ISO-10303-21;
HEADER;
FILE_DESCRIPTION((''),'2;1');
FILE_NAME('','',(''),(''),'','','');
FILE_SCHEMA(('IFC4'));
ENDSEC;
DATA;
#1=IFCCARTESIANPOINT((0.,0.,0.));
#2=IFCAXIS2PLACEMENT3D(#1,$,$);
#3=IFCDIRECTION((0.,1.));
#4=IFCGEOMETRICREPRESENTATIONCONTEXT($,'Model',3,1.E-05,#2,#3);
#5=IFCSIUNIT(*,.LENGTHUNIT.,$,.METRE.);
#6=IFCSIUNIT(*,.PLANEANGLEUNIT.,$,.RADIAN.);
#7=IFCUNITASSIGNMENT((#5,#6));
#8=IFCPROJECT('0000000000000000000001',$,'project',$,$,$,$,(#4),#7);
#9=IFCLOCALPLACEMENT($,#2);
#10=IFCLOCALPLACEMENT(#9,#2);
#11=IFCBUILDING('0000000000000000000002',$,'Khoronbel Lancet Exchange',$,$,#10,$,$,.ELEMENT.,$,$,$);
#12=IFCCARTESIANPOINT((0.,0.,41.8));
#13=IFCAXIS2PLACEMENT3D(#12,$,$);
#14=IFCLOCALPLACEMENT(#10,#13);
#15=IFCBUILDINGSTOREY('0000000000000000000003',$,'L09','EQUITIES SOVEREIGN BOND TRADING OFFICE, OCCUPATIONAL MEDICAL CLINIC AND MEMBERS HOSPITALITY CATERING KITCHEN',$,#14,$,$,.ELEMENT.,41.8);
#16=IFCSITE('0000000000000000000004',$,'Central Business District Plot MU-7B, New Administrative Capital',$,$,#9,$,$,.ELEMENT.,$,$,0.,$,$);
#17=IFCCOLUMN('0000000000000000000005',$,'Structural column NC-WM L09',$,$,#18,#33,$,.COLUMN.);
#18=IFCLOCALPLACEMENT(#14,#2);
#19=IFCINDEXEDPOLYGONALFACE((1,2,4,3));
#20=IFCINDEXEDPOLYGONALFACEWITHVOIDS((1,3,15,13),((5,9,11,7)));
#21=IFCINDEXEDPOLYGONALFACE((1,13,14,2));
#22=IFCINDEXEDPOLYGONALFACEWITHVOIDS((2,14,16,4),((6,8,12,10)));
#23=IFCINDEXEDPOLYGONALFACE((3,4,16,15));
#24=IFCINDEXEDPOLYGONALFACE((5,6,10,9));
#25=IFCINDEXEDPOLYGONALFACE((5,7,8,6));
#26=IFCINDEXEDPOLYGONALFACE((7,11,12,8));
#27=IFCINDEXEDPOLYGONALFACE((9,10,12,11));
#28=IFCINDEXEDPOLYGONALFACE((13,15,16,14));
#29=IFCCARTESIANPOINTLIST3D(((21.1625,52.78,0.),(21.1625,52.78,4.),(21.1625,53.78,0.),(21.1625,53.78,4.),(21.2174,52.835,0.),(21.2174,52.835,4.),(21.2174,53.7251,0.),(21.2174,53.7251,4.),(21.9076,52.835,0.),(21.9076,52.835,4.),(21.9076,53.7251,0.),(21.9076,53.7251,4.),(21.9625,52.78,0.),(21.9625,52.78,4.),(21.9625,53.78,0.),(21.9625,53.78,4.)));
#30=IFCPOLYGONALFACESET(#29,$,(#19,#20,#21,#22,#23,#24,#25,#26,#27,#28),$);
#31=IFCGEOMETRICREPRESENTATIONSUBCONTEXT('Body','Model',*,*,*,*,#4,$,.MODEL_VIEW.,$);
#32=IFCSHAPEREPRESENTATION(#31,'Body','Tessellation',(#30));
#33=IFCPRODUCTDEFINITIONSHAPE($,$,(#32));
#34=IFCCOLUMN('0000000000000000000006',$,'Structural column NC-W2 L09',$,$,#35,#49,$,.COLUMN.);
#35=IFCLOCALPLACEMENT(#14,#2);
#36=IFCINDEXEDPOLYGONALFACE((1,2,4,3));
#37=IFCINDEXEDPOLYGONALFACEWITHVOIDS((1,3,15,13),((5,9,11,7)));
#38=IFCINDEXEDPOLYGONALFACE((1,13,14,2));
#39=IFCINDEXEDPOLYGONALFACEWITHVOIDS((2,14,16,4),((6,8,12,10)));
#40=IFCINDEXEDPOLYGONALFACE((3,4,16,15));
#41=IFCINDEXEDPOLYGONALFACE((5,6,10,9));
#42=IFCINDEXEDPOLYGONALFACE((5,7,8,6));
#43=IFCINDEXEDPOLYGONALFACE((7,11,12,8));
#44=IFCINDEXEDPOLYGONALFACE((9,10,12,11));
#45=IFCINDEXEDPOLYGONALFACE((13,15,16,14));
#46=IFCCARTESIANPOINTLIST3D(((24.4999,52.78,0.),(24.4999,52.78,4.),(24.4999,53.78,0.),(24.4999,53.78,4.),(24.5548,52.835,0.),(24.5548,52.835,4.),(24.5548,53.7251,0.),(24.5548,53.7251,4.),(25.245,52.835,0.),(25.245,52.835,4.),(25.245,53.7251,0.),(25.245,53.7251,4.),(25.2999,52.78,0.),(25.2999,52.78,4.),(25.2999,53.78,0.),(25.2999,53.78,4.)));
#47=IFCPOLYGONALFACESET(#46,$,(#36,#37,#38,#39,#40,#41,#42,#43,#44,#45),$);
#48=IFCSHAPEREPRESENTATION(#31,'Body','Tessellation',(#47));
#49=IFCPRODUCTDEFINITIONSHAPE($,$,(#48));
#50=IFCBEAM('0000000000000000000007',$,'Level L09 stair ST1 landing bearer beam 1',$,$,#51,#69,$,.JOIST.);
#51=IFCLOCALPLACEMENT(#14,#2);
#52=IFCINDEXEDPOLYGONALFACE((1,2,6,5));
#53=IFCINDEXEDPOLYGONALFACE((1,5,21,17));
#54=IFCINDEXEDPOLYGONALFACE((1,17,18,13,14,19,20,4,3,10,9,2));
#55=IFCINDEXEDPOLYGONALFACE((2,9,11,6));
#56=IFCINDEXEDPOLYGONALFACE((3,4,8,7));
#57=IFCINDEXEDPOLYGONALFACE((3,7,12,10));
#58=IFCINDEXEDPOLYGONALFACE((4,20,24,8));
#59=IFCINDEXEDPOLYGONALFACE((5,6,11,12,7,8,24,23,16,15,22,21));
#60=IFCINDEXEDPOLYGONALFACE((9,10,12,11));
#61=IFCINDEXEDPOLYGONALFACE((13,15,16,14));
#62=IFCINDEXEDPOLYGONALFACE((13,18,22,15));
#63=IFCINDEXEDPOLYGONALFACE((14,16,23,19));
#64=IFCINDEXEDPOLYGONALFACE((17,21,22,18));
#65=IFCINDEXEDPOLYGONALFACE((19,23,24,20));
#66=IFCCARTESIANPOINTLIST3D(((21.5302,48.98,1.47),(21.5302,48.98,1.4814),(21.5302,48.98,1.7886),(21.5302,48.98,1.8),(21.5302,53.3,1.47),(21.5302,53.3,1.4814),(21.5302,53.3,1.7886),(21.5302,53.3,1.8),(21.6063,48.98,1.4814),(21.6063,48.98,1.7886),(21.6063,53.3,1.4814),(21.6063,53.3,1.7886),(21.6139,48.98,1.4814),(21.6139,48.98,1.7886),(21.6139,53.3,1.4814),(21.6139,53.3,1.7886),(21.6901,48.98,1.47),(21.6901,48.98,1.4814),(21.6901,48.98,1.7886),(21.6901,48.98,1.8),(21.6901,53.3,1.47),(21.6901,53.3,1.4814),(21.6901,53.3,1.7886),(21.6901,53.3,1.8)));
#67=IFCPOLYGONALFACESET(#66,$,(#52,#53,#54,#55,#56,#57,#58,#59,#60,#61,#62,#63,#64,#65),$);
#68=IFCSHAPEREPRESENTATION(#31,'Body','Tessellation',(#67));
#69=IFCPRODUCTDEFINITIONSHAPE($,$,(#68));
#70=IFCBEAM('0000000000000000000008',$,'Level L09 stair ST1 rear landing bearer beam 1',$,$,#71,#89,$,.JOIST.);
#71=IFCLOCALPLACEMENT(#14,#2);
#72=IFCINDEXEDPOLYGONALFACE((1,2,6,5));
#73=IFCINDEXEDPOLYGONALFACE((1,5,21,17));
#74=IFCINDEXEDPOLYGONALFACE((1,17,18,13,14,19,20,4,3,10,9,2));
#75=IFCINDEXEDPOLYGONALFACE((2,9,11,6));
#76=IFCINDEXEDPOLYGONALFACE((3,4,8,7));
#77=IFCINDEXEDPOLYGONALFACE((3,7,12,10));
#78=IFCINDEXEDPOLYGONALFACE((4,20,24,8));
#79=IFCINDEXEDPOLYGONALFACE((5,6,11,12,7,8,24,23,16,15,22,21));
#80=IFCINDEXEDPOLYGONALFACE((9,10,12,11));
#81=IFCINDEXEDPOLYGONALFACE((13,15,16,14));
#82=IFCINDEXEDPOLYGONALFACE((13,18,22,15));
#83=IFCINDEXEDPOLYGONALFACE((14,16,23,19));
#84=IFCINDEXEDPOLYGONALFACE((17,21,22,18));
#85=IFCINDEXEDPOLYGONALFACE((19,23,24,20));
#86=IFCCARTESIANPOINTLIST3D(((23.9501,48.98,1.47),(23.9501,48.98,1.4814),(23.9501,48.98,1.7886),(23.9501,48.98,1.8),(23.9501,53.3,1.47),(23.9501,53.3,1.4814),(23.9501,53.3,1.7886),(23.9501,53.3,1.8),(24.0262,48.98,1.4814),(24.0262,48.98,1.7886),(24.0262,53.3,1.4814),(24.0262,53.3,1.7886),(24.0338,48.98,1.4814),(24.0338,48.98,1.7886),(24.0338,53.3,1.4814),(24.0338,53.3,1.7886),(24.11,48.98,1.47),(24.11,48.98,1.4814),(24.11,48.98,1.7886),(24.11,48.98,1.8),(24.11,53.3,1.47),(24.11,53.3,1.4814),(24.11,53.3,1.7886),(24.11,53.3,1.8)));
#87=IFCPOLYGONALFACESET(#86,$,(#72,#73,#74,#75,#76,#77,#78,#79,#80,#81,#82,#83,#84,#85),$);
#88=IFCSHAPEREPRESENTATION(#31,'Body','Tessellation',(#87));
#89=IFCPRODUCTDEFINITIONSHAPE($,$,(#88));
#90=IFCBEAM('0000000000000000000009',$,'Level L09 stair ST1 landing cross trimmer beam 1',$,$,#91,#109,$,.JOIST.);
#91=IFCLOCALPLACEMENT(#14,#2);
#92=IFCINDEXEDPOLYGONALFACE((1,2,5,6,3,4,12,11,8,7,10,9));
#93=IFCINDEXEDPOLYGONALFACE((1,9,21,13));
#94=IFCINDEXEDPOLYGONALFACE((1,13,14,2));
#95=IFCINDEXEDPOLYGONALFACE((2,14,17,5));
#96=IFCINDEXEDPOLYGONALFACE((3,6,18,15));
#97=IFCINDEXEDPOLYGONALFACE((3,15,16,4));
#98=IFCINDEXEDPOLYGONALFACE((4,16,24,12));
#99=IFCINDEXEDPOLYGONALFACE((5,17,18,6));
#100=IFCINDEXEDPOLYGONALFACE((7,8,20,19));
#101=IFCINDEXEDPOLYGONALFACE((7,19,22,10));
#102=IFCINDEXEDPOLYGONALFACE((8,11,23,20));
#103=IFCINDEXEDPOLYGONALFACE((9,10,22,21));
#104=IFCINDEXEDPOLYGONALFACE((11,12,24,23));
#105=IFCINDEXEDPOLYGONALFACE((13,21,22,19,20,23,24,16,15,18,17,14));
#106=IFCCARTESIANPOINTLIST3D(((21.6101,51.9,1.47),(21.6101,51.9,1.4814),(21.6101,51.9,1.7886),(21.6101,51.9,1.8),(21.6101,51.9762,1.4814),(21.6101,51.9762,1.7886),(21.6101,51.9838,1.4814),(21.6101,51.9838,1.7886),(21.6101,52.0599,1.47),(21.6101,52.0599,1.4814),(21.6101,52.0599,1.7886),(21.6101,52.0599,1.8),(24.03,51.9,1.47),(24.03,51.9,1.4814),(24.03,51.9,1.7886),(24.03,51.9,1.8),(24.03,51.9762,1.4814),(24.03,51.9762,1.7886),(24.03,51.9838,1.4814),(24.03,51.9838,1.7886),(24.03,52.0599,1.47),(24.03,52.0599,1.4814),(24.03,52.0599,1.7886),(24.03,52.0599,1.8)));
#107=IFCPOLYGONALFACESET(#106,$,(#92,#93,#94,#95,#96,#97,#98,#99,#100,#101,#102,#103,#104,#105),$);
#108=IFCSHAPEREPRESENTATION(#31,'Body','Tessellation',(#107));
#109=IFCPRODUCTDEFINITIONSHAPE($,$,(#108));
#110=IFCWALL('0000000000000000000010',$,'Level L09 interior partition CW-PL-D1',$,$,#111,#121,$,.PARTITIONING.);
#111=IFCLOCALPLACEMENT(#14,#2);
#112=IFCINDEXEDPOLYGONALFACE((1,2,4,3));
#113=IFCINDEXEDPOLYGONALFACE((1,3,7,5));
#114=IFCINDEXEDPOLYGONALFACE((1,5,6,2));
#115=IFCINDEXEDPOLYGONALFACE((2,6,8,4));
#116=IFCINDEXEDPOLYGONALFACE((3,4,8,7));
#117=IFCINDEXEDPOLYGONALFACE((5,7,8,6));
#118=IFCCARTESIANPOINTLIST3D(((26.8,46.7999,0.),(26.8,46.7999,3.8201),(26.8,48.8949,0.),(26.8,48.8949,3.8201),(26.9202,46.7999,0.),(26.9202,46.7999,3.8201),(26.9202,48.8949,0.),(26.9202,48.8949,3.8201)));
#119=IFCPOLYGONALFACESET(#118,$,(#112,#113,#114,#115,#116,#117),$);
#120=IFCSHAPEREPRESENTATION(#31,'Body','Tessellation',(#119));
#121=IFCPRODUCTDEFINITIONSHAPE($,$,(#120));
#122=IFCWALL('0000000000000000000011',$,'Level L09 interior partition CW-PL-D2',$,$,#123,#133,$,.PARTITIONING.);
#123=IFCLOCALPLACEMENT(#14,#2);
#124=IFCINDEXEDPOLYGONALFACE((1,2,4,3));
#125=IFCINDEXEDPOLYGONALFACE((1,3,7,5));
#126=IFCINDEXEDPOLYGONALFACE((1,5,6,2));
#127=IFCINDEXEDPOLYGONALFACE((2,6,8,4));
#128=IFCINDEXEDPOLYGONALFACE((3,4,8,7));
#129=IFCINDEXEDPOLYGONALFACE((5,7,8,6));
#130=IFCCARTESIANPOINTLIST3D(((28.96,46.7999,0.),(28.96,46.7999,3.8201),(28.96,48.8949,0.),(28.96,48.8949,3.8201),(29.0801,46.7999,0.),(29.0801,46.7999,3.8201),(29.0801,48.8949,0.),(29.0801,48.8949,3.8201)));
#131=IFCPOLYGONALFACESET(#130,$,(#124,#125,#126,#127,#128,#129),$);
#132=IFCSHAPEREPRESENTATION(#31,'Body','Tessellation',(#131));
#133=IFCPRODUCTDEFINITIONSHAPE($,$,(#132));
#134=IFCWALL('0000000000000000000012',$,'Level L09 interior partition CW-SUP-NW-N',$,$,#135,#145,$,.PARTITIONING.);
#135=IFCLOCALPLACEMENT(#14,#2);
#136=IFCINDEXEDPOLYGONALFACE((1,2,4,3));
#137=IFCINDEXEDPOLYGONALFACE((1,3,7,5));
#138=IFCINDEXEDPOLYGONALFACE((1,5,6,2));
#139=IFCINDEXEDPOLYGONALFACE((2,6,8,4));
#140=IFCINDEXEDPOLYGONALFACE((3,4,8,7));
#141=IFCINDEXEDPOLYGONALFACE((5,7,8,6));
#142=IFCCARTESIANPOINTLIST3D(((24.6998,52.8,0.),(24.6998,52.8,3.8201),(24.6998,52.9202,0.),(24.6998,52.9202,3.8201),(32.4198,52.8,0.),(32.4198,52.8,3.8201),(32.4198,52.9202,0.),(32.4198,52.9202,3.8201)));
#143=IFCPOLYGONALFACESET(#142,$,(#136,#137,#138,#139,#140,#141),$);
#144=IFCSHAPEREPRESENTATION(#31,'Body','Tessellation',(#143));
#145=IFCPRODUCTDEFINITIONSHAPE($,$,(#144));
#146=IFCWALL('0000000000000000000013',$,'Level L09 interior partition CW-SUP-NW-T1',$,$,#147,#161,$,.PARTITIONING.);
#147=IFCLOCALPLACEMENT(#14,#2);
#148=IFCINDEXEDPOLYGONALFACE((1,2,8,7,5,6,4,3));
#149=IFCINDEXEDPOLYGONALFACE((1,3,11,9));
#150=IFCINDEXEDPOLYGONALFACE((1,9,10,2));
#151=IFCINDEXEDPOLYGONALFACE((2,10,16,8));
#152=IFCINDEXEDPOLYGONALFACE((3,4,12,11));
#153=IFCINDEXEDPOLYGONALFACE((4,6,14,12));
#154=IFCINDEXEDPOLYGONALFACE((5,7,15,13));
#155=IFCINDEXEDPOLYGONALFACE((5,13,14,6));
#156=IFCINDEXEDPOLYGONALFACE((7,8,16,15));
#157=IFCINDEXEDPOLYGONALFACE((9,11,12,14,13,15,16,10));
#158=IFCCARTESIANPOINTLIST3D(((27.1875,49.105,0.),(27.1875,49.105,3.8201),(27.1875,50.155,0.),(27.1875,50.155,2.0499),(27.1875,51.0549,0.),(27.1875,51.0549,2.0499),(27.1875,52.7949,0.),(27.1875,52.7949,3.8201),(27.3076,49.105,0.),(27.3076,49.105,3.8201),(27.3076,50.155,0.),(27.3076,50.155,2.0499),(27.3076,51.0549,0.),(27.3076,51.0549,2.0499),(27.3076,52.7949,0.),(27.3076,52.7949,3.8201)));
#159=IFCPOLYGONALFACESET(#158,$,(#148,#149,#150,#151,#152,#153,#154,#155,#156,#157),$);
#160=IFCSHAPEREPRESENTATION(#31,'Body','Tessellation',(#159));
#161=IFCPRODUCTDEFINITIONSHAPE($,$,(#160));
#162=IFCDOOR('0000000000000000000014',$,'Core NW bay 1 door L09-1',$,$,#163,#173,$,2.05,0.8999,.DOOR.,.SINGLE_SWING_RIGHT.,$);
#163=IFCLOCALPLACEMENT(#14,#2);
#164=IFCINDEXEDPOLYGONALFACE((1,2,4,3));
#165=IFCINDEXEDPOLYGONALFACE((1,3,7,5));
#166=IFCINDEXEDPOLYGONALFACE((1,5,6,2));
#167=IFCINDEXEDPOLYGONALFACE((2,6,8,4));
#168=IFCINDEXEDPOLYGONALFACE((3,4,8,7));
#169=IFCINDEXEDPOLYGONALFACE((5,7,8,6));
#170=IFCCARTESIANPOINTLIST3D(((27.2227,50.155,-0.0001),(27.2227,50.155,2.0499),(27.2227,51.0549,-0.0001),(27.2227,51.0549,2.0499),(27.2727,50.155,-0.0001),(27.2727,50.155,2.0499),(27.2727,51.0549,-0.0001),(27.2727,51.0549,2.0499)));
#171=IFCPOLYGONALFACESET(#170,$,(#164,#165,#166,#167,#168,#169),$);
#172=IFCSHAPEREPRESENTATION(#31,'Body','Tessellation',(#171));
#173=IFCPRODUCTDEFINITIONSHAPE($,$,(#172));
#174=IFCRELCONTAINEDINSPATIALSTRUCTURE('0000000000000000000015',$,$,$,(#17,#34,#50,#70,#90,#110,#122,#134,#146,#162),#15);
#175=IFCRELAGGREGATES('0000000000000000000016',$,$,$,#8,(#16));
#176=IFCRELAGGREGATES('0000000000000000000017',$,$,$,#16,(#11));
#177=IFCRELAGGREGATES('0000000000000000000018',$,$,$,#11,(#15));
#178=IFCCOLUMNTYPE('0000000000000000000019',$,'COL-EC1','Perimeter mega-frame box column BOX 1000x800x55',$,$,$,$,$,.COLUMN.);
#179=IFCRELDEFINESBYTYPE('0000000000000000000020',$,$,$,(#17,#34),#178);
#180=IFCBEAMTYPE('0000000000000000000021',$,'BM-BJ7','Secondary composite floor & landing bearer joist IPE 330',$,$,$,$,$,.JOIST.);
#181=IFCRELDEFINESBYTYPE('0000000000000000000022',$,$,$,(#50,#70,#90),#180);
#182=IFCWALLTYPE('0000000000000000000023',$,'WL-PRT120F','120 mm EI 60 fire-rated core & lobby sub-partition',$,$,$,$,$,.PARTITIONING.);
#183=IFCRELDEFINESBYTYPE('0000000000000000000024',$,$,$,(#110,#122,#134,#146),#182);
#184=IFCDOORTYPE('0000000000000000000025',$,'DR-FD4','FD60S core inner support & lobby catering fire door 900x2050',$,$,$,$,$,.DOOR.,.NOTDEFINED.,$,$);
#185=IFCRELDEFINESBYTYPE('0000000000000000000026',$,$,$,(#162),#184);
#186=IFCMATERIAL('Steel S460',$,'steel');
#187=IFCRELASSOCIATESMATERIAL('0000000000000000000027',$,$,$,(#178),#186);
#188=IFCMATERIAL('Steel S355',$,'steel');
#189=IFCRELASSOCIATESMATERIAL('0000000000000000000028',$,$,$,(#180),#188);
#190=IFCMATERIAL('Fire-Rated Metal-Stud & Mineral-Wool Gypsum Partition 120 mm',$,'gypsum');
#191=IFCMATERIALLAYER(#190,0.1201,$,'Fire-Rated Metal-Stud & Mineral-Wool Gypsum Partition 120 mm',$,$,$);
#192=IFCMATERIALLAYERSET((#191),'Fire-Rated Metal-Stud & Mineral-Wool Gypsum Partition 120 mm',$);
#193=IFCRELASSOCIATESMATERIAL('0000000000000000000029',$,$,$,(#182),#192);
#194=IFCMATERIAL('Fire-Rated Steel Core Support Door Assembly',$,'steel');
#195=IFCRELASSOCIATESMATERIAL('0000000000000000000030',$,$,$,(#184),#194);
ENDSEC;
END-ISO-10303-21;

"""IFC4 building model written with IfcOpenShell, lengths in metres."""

from ifc_helpers import new_model, si_unit, direction, frame, frame_2d, origin, origin_2d, place, context, subcontext, project, spatial, rectangle, hollow_rectangle, i_section, extrude, material, layer, layer_set, material_profile, profile_set, type_object, element, fill, save


model = new_model("IFC4")

# Units and contexts
model_context = context("Model", 3, precision=1e-05, world=origin(), true_north=direction((0.0, 1.0)))
body_context = subcontext(model_context, "Body", "Model", "MODEL_VIEW")
ifc_project = project(units=[si_unit("LENGTHUNIT", "METRE"), si_unit("PLANEANGLEUNIT", "RADIAN")], contexts=[model_context])

# Site, building, storey
site_placement = place(None, origin())
site = spatial("IfcSite", under=ifc_project, at=site_placement, Name="Central Business District Plot MU-7B, New Administrative Capital", CompositionType="ELEMENT", RefElevation=0.0)
building_placement = place(site_placement, origin())
building = spatial("IfcBuilding", under=site, at=building_placement, Name="Khoronbel Lancet Exchange", CompositionType="ELEMENT")
storey_placement = place(building_placement, frame((0.0, 0.0, 41.8)))
storey = spatial("IfcBuildingStorey", under=building, at=storey_placement, Name="L09", Description="EQUITIES SOVEREIGN BOND TRADING OFFICE, OCCUPATIONAL MEDICAL CLINIC AND MEMBERS HOSPITALITY CATERING KITCHEN", CompositionType="ELEMENT", Elevation=41.8)

# Columns
ifc_material_1 = material(Name="Steel S460", Category="steel")
ifc_material_profile_1 = material_profile(ifc_material_1, hollow_rectangle(XDim=0.8, YDim=1.0, WallThickness=0.0549, at=origin_2d()), Name="BOX 1000x800x55")
ifc_profile_set_1 = profile_set([ifc_material_profile_1], Name="Steel S460")
column_type = type_object("IfcColumnType", Name="COL-EC1", Description="Perimeter mega-frame box column BOX 1000x800x55", PredefinedType="COLUMN", material=ifc_profile_set_1)
for number, where, z_axis, x_axis, name in (
    (1, (21.5625, 53.28, 0.0), (0.0, 0.0, 1.0), (1.0, 0.0, 0.0), "Structural column NC-WM L09"),
    (2, (24.8999, 53.28, 0.0), (0.0, 0.0, 1.0), (1.0, 0.0, 0.0), "Structural column NC-W2 L09"),
):
    element("IfcColumn", number, at=place(storey_placement, frame(where, z_axis=z_axis, x_axis=x_axis)), inside=storey, type_object=column_type, Name=name, PredefinedType="COLUMN", context=body_context, shape_type="SweptSolid", body=[
        extrude(hollow_rectangle(XDim=0.8, YDim=1.0, WallThickness=0.0549, at=origin_2d()), origin(), (0.0, 0.0, 1.0), 4.0),
    ])

# Beams
ifc_material_2 = material(Name="Steel S355", Category="steel")
ifc_material_profile_2 = material_profile(ifc_material_2, i_section(OverallWidth=0.1599, OverallDepth=0.3301, WebThickness=0.0076, FlangeThickness=0.0115, at=origin_2d()), Name="IPE 330")
ifc_profile_set_2 = profile_set([ifc_material_profile_2], Name="Steel S355")
beam_type = type_object("IfcBeamType", Name="BM-BJ7", Description="Secondary composite floor & landing bearer joist IPE 330", PredefinedType="JOIST", material=ifc_profile_set_2)
for number, where, z_axis, x_axis, name in (
    (3, (21.6101, 48.98, 1.635), (0.0, 1.0, 0.0), (-1.0, 0.0, 0.0), "Level L09 stair ST1 landing bearer beam 1"),
    (4, (24.03, 48.98, 1.635), (0.0, 1.0, 0.0), (-1.0, 0.0, 0.0), "Level L09 stair ST1 rear landing bearer beam 1"),
):
    element("IfcBeam", number, at=place(storey_placement, frame(where, z_axis=z_axis, x_axis=x_axis)), inside=storey, type_object=beam_type, Name=name, PredefinedType="JOIST", context=body_context, shape_type="SweptSolid", body=[
        extrude(i_section(OverallWidth=0.1599, OverallDepth=0.3301, WebThickness=0.0076, FlangeThickness=0.0115, at=origin_2d()), origin(), (0.0, 0.0, 1.0), 4.3201),
    ])
beam_placement = place(storey_placement, frame((21.6101, 51.98, 1.635), z_axis=(1.0, 0.0, 0.0), x_axis=(0.0, 1.0, 0.0)))
element("IfcBeam", 5, at=beam_placement, inside=storey, type_object=beam_type, Name="Level L09 stair ST1 landing cross trimmer beam 1", PredefinedType="JOIST", context=body_context, shape_type="SweptSolid", body=[
    extrude(i_section(OverallWidth=0.1599, OverallDepth=0.3301, WebThickness=0.0076, FlangeThickness=0.0115, at=origin_2d()), origin(), (0.0, 0.0, 1.0), 2.4199),
])

# Walls
ifc_material_3 = material(Name="Fire-Rated Metal-Stud & Mineral-Wool Gypsum Partition 120 mm", Category="gypsum")
ifc_layer_1 = layer(ifc_material_3, 0.1201, Name="Fire-Rated Metal-Stud & Mineral-Wool Gypsum Partition 120 mm")
ifc_layer_set_1 = layer_set([ifc_layer_1], Name="Fire-Rated Metal-Stud & Mineral-Wool Gypsum Partition 120 mm")
wall_type_1 = type_object("IfcWallType", Name="WL-PRT120F", Description="120 mm EI 60 fire-rated core & lobby sub-partition", PredefinedType="PARTITIONING", material=ifc_layer_set_1)
for number, where, z_axis, x_axis, name in (
    (6, (26.8601, 46.8, 0.0), (0.0, 0.0, 1.0), (0.0, 1.0, 0.0), "Level L09 interior partition CW-PL-D1"),
    (7, (29.02, 46.8, 0.0), (0.0, 0.0, 1.0), (0.0, 1.0, 0.0), "Level L09 interior partition CW-PL-D2"),
):
    element("IfcWall", number, at=place(storey_placement, frame(where, z_axis=z_axis, x_axis=x_axis)), inside=storey, type_object=wall_type_1, Name=name, PredefinedType="PARTITIONING", context=body_context, shape_type="SweptSolid", body=[
        extrude(rectangle(XDim=2.095, YDim=0.1201, at=frame_2d((1.0474, 0.0))), origin(), (0.0, 0.0, 1.0), 3.8201),
    ])
wall_1_placement = place(storey_placement, frame((24.7, 52.8601, 0.0), z_axis=(0.0, 0.0, 1.0), x_axis=(1.0, 0.0, 0.0)))
element("IfcWall", 8, at=wall_1_placement, inside=storey, type_object=wall_type_1, Name="Level L09 interior partition CW-SUP-NW-N", PredefinedType="PARTITIONING", context=body_context, shape_type="SweptSolid", body=[
    extrude(rectangle(XDim=7.72, YDim=0.1201, at=frame_2d((3.8599, 0.0))), origin(), (0.0, 0.0, 1.0), 3.8201),
])

# Wall, opening, door
wall_2_placement = place(storey_placement, frame((27.2476, 49.105, 0.0), z_axis=(0.0, 0.0, 1.0), x_axis=(0.0, 1.0, 0.0)))
wall_2 = element("IfcWall", 9, at=wall_2_placement, inside=storey, type_object=wall_type_1, Name="Level L09 interior partition CW-SUP-NW-T1", PredefinedType="PARTITIONING", context=body_context, shape_type="SweptSolid", body=[
    extrude(rectangle(XDim=3.6899, YDim=0.1201, at=frame_2d((1.845, 0.0))), origin(), (0.0, 0.0, 1.0), 3.8201),
])
opening_1_placement = place(wall_2_placement, frame((1.05, 0.0, 0.0)))
opening_1 = element("IfcOpeningElement", 10, at=opening_1_placement, cuts=wall_2, PredefinedType="OPENING", context=body_context, shape_type="SweptSolid", body=[
    extrude(rectangle(XDim=0.8999, YDim=2.05, at=frame_2d((0.45, 1.0249))), frame((0.0, 0.0701, 0.0), z_axis=(0.0, -1.0, 0.0), x_axis=(1.0, 0.0, 0.0)), (0.0, 0.0, 1.0), 0.1401),
])
ifc_material_4 = material(Name="Fire-Rated Steel Core Support Door Assembly", Category="steel")
door_type_1 = type_object("IfcDoorType", Name="DR-FD4", Description="FD60S core inner support & lobby catering fire door 900x2050", OperationType="NOTDEFINED", PredefinedType="DOOR", material=ifc_material_4)
door_1_placement = place(opening_1_placement, origin())
door_1 = element("IfcDoor", 11, at=door_1_placement, inside=storey, type_object=door_type_1, Name="Core NW bay 1 door L09-1", OperationType="SINGLE_SWING_RIGHT", OverallHeight=2.05, OverallWidth=0.8999, PredefinedType="DOOR", context=body_context, shape_type="SweptSolid", body=[
    extrude(rectangle(XDim=0.8999, YDim=2.05, at=frame_2d((0.45, 1.0249))), frame((0.0, 0.0249, 0.0), z_axis=(0.0, -1.0, 0.0), x_axis=(1.0, 0.0, 0.0)), (0.0, 0.0, 1.0), 0.05),
])
fill(opening_1, door_1)

save(model, "model.ifc")
